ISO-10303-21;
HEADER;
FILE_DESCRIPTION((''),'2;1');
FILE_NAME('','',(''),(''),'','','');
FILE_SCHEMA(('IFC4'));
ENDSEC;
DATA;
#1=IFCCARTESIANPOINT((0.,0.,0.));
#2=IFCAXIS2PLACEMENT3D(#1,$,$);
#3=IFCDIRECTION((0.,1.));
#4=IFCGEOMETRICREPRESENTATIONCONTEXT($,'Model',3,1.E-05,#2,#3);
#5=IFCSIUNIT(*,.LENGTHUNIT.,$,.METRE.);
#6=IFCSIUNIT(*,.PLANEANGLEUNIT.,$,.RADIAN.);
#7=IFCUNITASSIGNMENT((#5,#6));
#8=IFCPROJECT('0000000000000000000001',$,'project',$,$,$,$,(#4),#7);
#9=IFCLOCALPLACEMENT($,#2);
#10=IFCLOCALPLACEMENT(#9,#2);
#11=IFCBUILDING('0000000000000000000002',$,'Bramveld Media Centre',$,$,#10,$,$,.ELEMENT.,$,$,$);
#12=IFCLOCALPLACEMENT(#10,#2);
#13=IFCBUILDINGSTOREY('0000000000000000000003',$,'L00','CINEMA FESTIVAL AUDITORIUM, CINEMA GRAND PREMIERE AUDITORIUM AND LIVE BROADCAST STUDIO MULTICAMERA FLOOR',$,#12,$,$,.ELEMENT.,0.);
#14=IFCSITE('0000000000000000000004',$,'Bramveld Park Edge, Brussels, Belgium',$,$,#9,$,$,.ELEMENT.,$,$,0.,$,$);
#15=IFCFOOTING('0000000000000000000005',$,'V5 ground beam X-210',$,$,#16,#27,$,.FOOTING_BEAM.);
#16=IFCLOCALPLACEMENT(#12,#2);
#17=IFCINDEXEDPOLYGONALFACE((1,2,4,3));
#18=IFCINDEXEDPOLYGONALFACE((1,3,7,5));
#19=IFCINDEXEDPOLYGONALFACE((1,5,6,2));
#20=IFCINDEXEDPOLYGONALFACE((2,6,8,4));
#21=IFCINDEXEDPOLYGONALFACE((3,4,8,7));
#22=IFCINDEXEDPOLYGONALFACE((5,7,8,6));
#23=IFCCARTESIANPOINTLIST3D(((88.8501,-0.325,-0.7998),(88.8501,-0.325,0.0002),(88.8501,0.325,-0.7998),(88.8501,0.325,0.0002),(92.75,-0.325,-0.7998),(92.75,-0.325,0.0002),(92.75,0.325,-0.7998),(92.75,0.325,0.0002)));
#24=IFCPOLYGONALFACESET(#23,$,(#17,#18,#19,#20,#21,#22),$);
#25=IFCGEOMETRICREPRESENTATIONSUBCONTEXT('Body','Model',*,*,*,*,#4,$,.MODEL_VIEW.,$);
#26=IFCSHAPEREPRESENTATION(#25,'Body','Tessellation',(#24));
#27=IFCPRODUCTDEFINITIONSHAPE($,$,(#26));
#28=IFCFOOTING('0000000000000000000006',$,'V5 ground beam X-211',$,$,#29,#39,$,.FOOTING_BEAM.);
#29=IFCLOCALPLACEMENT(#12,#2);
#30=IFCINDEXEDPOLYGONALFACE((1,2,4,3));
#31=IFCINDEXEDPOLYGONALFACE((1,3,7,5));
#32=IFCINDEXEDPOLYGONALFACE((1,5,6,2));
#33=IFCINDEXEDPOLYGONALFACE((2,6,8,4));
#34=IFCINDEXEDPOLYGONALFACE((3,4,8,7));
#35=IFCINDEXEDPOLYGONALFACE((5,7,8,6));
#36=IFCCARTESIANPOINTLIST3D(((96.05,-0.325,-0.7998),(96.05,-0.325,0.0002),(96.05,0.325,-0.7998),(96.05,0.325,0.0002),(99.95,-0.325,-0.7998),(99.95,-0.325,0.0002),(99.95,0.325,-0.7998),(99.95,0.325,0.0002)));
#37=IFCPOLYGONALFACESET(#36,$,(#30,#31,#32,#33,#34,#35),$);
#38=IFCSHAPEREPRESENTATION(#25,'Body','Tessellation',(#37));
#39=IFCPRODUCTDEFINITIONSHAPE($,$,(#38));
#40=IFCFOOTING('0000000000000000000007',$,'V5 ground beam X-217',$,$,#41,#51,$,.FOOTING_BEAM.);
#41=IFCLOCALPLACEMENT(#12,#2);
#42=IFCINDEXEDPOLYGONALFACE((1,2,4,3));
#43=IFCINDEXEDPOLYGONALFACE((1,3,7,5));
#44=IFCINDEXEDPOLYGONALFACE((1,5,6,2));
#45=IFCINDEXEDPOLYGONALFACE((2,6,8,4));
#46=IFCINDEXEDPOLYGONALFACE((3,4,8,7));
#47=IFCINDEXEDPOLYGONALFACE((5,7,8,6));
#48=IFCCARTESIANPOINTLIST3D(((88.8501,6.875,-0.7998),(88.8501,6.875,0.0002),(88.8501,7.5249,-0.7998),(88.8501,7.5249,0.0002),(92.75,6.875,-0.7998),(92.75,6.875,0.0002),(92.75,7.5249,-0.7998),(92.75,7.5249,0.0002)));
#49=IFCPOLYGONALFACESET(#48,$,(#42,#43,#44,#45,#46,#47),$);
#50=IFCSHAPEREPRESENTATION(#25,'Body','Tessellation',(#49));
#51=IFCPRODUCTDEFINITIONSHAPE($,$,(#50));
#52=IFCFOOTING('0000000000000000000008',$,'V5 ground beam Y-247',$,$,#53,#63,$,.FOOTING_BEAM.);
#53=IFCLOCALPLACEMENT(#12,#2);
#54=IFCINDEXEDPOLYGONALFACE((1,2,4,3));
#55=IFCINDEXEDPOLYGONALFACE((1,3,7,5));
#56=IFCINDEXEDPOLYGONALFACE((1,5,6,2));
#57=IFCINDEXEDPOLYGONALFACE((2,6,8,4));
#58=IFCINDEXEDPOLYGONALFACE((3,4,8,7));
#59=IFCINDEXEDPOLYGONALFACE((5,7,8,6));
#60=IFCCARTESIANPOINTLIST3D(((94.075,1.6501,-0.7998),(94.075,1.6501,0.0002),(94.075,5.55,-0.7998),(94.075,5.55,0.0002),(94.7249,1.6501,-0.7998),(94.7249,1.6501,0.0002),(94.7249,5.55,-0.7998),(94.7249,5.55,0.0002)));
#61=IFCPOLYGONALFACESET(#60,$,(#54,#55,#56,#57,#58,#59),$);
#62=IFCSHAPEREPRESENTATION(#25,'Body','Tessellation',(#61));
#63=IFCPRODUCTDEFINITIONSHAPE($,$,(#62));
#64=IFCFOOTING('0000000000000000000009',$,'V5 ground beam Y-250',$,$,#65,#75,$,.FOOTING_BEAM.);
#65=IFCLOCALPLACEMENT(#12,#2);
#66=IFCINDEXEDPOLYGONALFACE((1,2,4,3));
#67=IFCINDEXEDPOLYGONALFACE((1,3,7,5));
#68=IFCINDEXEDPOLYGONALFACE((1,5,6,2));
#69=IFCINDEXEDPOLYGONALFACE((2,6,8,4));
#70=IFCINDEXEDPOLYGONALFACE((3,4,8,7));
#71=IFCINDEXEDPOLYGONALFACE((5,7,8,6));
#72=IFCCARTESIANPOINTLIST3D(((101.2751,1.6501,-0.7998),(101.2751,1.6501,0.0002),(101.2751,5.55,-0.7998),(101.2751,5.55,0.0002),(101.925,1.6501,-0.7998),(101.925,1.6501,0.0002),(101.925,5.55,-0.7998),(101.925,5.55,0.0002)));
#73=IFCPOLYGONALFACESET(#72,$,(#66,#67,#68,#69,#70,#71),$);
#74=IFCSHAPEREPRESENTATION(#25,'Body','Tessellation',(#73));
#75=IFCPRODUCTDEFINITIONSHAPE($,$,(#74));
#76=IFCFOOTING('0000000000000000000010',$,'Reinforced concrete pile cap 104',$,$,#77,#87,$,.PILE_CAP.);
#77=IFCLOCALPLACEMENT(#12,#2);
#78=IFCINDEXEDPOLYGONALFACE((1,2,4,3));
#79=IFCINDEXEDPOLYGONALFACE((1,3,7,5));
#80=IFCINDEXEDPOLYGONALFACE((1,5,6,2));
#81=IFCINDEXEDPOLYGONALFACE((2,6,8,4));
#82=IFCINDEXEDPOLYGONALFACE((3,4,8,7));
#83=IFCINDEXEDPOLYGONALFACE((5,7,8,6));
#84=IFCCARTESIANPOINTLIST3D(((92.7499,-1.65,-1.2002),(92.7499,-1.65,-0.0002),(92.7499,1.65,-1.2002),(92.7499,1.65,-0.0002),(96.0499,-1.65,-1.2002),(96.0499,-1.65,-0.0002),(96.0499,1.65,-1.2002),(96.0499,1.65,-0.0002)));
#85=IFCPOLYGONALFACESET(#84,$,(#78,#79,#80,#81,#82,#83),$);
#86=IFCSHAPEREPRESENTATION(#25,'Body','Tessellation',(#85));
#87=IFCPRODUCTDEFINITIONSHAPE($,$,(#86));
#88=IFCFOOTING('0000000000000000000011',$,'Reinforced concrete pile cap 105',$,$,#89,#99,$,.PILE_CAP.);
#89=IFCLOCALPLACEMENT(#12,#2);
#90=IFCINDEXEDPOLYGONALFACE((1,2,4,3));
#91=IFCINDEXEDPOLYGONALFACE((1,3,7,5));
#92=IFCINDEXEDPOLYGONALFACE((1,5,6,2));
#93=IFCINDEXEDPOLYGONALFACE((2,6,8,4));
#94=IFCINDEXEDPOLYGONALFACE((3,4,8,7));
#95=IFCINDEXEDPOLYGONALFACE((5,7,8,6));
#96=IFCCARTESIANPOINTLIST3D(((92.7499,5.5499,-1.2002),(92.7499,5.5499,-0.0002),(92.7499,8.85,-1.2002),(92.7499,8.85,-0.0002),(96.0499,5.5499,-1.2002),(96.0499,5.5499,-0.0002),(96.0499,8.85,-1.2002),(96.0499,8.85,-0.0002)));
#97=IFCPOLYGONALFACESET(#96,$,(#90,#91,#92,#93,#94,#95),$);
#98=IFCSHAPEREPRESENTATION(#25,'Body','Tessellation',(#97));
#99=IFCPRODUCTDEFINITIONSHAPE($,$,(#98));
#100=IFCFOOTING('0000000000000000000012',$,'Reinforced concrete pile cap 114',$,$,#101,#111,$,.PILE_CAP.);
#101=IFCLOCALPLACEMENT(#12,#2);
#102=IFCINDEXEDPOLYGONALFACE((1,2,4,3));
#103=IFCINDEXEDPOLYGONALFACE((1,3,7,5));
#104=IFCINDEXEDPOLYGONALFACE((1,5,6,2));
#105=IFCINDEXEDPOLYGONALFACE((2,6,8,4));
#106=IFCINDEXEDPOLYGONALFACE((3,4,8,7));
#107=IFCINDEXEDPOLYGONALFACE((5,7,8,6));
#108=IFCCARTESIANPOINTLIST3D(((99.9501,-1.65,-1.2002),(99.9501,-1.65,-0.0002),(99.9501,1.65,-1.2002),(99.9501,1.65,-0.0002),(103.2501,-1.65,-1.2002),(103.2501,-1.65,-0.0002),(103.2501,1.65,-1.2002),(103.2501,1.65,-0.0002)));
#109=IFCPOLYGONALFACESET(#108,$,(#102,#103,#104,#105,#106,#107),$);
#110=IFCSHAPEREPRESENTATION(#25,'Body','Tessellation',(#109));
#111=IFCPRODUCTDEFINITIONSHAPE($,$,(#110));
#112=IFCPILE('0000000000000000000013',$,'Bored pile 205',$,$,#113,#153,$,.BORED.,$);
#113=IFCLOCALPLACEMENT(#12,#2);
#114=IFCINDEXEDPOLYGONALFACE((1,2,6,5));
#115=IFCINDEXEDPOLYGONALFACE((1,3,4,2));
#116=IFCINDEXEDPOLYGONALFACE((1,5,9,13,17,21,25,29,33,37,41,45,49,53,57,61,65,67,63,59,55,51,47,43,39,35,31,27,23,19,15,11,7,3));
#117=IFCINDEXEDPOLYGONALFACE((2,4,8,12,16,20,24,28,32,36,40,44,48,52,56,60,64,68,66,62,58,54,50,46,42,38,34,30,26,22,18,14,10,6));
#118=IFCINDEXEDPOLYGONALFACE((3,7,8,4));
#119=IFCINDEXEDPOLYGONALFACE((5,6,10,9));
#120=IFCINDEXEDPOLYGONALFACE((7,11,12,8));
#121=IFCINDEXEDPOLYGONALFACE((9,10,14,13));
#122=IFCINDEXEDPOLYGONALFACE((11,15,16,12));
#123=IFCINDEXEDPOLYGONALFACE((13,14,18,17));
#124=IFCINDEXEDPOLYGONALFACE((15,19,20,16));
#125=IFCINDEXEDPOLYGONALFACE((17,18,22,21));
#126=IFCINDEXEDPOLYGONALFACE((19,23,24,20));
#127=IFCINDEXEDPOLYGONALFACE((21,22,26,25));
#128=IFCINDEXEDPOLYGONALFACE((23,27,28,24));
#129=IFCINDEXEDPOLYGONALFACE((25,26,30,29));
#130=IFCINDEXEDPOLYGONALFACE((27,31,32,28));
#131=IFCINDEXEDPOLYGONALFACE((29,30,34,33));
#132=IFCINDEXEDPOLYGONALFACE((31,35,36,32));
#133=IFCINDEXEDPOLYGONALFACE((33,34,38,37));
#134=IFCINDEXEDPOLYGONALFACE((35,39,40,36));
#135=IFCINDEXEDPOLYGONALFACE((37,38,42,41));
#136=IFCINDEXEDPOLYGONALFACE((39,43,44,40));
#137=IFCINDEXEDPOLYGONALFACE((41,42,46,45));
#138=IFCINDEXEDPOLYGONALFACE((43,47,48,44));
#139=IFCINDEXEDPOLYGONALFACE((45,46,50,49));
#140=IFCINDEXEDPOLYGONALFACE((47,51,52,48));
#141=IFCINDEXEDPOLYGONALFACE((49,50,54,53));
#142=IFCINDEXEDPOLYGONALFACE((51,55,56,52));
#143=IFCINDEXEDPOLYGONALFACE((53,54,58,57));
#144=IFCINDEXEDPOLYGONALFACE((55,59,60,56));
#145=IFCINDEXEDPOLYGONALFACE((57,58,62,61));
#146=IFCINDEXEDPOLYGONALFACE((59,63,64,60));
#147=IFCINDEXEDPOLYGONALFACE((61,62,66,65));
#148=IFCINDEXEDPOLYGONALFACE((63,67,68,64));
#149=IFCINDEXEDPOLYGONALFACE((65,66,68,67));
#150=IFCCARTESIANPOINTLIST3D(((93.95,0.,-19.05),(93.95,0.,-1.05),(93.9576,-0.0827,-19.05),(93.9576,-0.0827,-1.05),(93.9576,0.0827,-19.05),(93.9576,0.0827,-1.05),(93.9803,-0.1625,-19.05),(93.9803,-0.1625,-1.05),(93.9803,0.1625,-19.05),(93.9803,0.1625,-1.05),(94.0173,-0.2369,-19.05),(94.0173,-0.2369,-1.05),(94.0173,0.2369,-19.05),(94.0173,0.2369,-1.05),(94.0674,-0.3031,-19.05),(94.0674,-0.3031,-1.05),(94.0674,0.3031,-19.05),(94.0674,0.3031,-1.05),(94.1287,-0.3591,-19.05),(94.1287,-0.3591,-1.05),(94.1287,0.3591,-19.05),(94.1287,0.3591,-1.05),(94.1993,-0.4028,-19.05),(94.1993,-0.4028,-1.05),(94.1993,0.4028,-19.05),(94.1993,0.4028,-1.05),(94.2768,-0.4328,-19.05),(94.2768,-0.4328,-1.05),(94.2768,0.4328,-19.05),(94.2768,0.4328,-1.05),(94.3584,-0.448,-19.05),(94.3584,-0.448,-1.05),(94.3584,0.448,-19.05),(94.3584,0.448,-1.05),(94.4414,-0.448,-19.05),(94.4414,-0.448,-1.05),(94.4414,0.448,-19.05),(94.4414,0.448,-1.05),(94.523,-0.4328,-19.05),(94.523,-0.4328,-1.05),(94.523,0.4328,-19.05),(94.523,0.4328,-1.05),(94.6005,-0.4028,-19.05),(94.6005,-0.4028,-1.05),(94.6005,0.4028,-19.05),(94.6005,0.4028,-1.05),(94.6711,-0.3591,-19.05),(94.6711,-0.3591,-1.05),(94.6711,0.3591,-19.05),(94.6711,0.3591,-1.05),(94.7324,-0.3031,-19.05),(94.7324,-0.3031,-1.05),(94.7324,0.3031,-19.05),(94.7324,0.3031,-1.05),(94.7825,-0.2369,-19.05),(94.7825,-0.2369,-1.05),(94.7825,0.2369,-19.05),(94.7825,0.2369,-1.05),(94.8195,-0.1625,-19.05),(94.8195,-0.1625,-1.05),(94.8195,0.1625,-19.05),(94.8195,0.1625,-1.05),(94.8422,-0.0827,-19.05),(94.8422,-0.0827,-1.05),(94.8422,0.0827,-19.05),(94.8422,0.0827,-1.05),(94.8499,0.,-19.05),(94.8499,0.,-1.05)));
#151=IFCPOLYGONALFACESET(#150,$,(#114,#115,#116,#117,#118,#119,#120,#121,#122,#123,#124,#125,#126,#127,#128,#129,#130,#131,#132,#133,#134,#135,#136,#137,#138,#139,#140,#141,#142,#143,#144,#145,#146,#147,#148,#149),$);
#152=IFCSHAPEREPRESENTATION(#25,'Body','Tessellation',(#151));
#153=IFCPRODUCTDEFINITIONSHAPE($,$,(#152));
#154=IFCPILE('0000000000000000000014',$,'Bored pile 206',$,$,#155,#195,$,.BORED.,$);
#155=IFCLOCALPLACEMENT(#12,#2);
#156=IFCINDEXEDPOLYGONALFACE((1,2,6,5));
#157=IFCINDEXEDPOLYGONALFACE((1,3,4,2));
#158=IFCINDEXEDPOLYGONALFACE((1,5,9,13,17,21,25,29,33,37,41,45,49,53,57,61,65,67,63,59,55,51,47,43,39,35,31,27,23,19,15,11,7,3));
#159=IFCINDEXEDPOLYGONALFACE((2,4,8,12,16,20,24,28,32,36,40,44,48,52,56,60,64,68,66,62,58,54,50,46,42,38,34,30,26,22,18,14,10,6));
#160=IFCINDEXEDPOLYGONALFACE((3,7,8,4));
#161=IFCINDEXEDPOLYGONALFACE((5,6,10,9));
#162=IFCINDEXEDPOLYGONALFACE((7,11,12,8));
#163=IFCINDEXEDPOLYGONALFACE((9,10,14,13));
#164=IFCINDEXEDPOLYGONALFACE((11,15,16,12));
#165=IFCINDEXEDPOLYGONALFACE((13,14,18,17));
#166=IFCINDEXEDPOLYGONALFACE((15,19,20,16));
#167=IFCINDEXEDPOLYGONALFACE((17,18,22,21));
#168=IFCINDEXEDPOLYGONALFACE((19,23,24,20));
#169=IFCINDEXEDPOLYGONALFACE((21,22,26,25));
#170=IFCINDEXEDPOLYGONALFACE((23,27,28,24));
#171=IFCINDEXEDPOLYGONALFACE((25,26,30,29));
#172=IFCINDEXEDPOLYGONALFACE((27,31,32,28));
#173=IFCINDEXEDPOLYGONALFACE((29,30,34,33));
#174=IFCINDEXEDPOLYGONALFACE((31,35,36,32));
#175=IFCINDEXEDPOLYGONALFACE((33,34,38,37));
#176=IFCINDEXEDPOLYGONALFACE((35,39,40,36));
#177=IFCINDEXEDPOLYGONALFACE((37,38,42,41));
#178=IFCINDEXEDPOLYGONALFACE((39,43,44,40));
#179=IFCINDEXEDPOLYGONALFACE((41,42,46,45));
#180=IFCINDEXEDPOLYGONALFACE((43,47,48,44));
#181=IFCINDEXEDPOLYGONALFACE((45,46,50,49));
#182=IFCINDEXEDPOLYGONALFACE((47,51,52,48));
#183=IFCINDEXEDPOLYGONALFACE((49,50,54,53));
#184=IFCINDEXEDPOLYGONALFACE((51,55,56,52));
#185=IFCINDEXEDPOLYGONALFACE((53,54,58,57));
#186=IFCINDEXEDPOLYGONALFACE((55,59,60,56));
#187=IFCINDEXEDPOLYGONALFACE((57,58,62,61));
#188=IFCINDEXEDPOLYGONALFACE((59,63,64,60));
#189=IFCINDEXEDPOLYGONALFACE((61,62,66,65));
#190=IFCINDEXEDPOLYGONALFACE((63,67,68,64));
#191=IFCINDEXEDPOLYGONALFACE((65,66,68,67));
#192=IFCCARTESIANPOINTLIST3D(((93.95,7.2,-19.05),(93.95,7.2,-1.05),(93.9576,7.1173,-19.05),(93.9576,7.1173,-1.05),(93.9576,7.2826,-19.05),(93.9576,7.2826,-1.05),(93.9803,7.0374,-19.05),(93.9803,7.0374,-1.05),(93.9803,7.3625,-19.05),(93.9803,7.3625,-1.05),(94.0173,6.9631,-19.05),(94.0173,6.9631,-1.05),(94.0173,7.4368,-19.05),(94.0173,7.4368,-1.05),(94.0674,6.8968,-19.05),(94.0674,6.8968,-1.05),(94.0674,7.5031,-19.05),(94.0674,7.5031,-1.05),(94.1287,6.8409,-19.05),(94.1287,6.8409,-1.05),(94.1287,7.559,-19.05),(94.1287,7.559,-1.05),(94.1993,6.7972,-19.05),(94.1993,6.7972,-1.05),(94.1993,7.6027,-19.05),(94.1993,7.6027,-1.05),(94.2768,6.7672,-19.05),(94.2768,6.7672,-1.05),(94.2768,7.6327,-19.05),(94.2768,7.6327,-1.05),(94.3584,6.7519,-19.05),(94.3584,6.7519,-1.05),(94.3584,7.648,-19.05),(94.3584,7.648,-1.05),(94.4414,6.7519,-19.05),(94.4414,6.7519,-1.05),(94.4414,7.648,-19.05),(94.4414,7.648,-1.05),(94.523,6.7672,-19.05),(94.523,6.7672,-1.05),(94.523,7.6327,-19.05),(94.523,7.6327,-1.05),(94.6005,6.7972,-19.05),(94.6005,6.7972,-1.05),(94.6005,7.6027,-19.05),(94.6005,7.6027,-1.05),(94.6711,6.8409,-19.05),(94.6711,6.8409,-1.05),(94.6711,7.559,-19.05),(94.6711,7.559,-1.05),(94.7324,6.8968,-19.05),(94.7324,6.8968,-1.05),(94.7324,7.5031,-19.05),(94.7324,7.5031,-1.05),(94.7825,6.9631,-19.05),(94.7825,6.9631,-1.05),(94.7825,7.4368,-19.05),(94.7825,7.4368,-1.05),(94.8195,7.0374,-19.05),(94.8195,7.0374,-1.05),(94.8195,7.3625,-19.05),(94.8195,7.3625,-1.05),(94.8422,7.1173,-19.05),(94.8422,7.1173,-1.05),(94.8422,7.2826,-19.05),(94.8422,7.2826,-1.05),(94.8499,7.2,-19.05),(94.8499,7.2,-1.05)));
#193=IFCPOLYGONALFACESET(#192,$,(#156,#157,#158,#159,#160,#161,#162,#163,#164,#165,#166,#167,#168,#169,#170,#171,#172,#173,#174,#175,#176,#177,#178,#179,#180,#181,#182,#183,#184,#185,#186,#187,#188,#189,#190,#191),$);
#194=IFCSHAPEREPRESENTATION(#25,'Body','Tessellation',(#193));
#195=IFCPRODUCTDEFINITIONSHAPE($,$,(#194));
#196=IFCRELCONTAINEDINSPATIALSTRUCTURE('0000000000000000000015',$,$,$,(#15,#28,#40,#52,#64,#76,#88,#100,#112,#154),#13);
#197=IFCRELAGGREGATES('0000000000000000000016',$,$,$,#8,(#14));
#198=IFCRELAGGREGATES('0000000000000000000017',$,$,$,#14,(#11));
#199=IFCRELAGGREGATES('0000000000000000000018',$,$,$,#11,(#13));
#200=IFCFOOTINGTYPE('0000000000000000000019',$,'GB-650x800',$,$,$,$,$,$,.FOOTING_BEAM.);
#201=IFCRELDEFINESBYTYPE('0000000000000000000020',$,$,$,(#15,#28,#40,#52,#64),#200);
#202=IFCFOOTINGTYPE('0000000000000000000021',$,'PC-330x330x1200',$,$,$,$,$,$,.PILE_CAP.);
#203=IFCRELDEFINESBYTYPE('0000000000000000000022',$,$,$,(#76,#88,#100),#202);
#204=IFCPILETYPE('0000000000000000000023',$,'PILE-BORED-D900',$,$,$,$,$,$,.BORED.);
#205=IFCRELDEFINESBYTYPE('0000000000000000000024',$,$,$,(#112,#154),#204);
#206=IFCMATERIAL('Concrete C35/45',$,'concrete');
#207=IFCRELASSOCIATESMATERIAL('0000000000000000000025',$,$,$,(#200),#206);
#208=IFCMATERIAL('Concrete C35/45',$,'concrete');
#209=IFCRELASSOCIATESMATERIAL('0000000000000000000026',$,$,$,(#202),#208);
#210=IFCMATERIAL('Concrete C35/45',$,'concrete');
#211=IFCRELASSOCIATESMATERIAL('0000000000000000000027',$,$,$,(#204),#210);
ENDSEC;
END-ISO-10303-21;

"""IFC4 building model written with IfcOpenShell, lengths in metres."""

from ifc_helpers import new_model, si_unit, direction, frame, origin, origin_2d, place, context, subcontext, project, spatial, rectangle, circle, extrude, material, material_profile, profile_set, type_object, element, save


model = new_model("IFC4")

# Units and contexts
model_context = context("Model", 3, precision=1e-05, world=origin(), true_north=direction((0.0, 1.0)))
body_context = subcontext(model_context, "Body", "Model", "MODEL_VIEW")
ifc_project = project(units=[si_unit("LENGTHUNIT", "METRE"), si_unit("PLANEANGLEUNIT", "RADIAN")], contexts=[model_context])

# Site, building, storey
site_placement = place(None, origin())
site = spatial("IfcSite", under=ifc_project, at=site_placement, Name="Bramveld Park Edge, Brussels, Belgium", CompositionType="ELEMENT", RefElevation=0.0)
building_placement = place(site_placement, origin())
building = spatial("IfcBuilding", under=site, at=building_placement, Name="Bramveld Media Centre", CompositionType="ELEMENT")
storey_placement = place(building_placement, origin())
storey = spatial("IfcBuildingStorey", under=building, at=storey_placement, Name="L00", Description="CINEMA FESTIVAL AUDITORIUM, CINEMA GRAND PREMIERE AUDITORIUM AND LIVE BROADCAST STUDIO MULTICAMERA FLOOR", CompositionType="ELEMENT", Elevation=0.0)

# Footings
ifc_material_1 = material(Name="Concrete C35/45", Category="concrete")
footing_type_1 = type_object("IfcFootingType", Name="GB-650x800", PredefinedType="FOOTING_BEAM", material=ifc_material_1)
for number, where, z_axis, x_axis, name in (
    (1, (90.8, 0.0, -0.7998), (0.0, 0.0, 1.0), (1.0, 0.0, 0.0), "V5 ground beam X-210"),
    (2, (98.0, 0.0, -0.7998), (0.0, 0.0, 1.0), (1.0, 0.0, 0.0), "V5 ground beam X-211"),
    (3, (90.8, 7.2, -0.7998), (0.0, 0.0, 1.0), (1.0, 0.0, 0.0), "V5 ground beam X-217"),
):
    element("IfcFooting", number, at=place(storey_placement, frame(where, z_axis=z_axis, x_axis=x_axis)), inside=storey, type_object=footing_type_1, Name=name, PredefinedType="FOOTING_BEAM", context=body_context, shape_type="SweptSolid", body=[
        extrude(rectangle(XDim=3.8999, YDim=0.6499, at=origin_2d()), origin(), (0.0, 0.0, 1.0), 0.8),
    ])
for number, where, z_axis, x_axis, name in (
    (4, (94.3999, 3.6001, -0.7998), (0.0, 0.0, 1.0), (1.0, 0.0, 0.0), "V5 ground beam Y-247"),
    (5, (101.6001, 3.6001, -0.7998), (0.0, 0.0, 1.0), (1.0, 0.0, 0.0), "V5 ground beam Y-250"),
):
    element("IfcFooting", number, at=place(storey_placement, frame(where, z_axis=z_axis, x_axis=x_axis)), inside=storey, type_object=footing_type_1, Name=name, PredefinedType="FOOTING_BEAM", context=body_context, shape_type="SweptSolid", body=[
        extrude(rectangle(XDim=0.6499, YDim=3.8999, at=origin_2d()), origin(), (0.0, 0.0, 1.0), 0.8),
    ])
ifc_material_2 = material(Name="Concrete C35/45", Category="concrete")
footing_type_2 = type_object("IfcFootingType", Name="PC-330x330x1200", PredefinedType="PILE_CAP", material=ifc_material_2)
for number, where, z_axis, x_axis, name in (
    (6, (94.3999, 0.0, -1.2002), (0.0, 0.0, 1.0), (1.0, 0.0, 0.0), "Reinforced concrete pile cap 104"),
    (7, (94.3999, 7.2, -1.2002), (0.0, 0.0, 1.0), (1.0, 0.0, 0.0), "Reinforced concrete pile cap 105"),
    (8, (101.6001, 0.0, -1.2002), (0.0, 0.0, 1.0), (1.0, 0.0, 0.0), "Reinforced concrete pile cap 114"),
):
    element("IfcFooting", number, at=place(storey_placement, frame(where, z_axis=z_axis, x_axis=x_axis)), inside=storey, type_object=footing_type_2, Name=name, PredefinedType="PILE_CAP", context=body_context, shape_type="SweptSolid", body=[
        extrude(rectangle(XDim=3.3, YDim=3.3, at=origin_2d()), origin(), (0.0, 0.0, 1.0), 1.2),
    ])

# Piles
ifc_material_3 = material(Name="Concrete C35/45", Category="concrete")
ifc_material_profile_1 = material_profile(ifc_material_3, circle(Radius=0.45, at=origin_2d()), Name="BORED D900")
ifc_profile_set_1 = profile_set([ifc_material_profile_1], Name="Concrete C35/45")
pile_type = type_object("IfcPileType", Name="PILE-BORED-D900", PredefinedType="BORED", material=ifc_profile_set_1)
for number, where, z_axis, x_axis, name in (
    (9, (94.3999, 0.0, -1.05), (0.0, 0.0, -1.0), (1.0, 0.0, 0.0), "Bored pile 205"),
    (10, (94.3999, 7.2, -1.05), (0.0, 0.0, -1.0), (1.0, 0.0, 0.0), "Bored pile 206"),
):
    element("IfcPile", number, at=place(storey_placement, frame(where, z_axis=z_axis, x_axis=x_axis)), inside=storey, type_object=pile_type, Name=name, PredefinedType="BORED", context=body_context, shape_type="SweptSolid", body=[
        extrude(circle(Radius=0.45, at=origin_2d()), origin(), (0.0, 0.0, 1.0), 18.0),
    ])

save(model, "model.ifc")
